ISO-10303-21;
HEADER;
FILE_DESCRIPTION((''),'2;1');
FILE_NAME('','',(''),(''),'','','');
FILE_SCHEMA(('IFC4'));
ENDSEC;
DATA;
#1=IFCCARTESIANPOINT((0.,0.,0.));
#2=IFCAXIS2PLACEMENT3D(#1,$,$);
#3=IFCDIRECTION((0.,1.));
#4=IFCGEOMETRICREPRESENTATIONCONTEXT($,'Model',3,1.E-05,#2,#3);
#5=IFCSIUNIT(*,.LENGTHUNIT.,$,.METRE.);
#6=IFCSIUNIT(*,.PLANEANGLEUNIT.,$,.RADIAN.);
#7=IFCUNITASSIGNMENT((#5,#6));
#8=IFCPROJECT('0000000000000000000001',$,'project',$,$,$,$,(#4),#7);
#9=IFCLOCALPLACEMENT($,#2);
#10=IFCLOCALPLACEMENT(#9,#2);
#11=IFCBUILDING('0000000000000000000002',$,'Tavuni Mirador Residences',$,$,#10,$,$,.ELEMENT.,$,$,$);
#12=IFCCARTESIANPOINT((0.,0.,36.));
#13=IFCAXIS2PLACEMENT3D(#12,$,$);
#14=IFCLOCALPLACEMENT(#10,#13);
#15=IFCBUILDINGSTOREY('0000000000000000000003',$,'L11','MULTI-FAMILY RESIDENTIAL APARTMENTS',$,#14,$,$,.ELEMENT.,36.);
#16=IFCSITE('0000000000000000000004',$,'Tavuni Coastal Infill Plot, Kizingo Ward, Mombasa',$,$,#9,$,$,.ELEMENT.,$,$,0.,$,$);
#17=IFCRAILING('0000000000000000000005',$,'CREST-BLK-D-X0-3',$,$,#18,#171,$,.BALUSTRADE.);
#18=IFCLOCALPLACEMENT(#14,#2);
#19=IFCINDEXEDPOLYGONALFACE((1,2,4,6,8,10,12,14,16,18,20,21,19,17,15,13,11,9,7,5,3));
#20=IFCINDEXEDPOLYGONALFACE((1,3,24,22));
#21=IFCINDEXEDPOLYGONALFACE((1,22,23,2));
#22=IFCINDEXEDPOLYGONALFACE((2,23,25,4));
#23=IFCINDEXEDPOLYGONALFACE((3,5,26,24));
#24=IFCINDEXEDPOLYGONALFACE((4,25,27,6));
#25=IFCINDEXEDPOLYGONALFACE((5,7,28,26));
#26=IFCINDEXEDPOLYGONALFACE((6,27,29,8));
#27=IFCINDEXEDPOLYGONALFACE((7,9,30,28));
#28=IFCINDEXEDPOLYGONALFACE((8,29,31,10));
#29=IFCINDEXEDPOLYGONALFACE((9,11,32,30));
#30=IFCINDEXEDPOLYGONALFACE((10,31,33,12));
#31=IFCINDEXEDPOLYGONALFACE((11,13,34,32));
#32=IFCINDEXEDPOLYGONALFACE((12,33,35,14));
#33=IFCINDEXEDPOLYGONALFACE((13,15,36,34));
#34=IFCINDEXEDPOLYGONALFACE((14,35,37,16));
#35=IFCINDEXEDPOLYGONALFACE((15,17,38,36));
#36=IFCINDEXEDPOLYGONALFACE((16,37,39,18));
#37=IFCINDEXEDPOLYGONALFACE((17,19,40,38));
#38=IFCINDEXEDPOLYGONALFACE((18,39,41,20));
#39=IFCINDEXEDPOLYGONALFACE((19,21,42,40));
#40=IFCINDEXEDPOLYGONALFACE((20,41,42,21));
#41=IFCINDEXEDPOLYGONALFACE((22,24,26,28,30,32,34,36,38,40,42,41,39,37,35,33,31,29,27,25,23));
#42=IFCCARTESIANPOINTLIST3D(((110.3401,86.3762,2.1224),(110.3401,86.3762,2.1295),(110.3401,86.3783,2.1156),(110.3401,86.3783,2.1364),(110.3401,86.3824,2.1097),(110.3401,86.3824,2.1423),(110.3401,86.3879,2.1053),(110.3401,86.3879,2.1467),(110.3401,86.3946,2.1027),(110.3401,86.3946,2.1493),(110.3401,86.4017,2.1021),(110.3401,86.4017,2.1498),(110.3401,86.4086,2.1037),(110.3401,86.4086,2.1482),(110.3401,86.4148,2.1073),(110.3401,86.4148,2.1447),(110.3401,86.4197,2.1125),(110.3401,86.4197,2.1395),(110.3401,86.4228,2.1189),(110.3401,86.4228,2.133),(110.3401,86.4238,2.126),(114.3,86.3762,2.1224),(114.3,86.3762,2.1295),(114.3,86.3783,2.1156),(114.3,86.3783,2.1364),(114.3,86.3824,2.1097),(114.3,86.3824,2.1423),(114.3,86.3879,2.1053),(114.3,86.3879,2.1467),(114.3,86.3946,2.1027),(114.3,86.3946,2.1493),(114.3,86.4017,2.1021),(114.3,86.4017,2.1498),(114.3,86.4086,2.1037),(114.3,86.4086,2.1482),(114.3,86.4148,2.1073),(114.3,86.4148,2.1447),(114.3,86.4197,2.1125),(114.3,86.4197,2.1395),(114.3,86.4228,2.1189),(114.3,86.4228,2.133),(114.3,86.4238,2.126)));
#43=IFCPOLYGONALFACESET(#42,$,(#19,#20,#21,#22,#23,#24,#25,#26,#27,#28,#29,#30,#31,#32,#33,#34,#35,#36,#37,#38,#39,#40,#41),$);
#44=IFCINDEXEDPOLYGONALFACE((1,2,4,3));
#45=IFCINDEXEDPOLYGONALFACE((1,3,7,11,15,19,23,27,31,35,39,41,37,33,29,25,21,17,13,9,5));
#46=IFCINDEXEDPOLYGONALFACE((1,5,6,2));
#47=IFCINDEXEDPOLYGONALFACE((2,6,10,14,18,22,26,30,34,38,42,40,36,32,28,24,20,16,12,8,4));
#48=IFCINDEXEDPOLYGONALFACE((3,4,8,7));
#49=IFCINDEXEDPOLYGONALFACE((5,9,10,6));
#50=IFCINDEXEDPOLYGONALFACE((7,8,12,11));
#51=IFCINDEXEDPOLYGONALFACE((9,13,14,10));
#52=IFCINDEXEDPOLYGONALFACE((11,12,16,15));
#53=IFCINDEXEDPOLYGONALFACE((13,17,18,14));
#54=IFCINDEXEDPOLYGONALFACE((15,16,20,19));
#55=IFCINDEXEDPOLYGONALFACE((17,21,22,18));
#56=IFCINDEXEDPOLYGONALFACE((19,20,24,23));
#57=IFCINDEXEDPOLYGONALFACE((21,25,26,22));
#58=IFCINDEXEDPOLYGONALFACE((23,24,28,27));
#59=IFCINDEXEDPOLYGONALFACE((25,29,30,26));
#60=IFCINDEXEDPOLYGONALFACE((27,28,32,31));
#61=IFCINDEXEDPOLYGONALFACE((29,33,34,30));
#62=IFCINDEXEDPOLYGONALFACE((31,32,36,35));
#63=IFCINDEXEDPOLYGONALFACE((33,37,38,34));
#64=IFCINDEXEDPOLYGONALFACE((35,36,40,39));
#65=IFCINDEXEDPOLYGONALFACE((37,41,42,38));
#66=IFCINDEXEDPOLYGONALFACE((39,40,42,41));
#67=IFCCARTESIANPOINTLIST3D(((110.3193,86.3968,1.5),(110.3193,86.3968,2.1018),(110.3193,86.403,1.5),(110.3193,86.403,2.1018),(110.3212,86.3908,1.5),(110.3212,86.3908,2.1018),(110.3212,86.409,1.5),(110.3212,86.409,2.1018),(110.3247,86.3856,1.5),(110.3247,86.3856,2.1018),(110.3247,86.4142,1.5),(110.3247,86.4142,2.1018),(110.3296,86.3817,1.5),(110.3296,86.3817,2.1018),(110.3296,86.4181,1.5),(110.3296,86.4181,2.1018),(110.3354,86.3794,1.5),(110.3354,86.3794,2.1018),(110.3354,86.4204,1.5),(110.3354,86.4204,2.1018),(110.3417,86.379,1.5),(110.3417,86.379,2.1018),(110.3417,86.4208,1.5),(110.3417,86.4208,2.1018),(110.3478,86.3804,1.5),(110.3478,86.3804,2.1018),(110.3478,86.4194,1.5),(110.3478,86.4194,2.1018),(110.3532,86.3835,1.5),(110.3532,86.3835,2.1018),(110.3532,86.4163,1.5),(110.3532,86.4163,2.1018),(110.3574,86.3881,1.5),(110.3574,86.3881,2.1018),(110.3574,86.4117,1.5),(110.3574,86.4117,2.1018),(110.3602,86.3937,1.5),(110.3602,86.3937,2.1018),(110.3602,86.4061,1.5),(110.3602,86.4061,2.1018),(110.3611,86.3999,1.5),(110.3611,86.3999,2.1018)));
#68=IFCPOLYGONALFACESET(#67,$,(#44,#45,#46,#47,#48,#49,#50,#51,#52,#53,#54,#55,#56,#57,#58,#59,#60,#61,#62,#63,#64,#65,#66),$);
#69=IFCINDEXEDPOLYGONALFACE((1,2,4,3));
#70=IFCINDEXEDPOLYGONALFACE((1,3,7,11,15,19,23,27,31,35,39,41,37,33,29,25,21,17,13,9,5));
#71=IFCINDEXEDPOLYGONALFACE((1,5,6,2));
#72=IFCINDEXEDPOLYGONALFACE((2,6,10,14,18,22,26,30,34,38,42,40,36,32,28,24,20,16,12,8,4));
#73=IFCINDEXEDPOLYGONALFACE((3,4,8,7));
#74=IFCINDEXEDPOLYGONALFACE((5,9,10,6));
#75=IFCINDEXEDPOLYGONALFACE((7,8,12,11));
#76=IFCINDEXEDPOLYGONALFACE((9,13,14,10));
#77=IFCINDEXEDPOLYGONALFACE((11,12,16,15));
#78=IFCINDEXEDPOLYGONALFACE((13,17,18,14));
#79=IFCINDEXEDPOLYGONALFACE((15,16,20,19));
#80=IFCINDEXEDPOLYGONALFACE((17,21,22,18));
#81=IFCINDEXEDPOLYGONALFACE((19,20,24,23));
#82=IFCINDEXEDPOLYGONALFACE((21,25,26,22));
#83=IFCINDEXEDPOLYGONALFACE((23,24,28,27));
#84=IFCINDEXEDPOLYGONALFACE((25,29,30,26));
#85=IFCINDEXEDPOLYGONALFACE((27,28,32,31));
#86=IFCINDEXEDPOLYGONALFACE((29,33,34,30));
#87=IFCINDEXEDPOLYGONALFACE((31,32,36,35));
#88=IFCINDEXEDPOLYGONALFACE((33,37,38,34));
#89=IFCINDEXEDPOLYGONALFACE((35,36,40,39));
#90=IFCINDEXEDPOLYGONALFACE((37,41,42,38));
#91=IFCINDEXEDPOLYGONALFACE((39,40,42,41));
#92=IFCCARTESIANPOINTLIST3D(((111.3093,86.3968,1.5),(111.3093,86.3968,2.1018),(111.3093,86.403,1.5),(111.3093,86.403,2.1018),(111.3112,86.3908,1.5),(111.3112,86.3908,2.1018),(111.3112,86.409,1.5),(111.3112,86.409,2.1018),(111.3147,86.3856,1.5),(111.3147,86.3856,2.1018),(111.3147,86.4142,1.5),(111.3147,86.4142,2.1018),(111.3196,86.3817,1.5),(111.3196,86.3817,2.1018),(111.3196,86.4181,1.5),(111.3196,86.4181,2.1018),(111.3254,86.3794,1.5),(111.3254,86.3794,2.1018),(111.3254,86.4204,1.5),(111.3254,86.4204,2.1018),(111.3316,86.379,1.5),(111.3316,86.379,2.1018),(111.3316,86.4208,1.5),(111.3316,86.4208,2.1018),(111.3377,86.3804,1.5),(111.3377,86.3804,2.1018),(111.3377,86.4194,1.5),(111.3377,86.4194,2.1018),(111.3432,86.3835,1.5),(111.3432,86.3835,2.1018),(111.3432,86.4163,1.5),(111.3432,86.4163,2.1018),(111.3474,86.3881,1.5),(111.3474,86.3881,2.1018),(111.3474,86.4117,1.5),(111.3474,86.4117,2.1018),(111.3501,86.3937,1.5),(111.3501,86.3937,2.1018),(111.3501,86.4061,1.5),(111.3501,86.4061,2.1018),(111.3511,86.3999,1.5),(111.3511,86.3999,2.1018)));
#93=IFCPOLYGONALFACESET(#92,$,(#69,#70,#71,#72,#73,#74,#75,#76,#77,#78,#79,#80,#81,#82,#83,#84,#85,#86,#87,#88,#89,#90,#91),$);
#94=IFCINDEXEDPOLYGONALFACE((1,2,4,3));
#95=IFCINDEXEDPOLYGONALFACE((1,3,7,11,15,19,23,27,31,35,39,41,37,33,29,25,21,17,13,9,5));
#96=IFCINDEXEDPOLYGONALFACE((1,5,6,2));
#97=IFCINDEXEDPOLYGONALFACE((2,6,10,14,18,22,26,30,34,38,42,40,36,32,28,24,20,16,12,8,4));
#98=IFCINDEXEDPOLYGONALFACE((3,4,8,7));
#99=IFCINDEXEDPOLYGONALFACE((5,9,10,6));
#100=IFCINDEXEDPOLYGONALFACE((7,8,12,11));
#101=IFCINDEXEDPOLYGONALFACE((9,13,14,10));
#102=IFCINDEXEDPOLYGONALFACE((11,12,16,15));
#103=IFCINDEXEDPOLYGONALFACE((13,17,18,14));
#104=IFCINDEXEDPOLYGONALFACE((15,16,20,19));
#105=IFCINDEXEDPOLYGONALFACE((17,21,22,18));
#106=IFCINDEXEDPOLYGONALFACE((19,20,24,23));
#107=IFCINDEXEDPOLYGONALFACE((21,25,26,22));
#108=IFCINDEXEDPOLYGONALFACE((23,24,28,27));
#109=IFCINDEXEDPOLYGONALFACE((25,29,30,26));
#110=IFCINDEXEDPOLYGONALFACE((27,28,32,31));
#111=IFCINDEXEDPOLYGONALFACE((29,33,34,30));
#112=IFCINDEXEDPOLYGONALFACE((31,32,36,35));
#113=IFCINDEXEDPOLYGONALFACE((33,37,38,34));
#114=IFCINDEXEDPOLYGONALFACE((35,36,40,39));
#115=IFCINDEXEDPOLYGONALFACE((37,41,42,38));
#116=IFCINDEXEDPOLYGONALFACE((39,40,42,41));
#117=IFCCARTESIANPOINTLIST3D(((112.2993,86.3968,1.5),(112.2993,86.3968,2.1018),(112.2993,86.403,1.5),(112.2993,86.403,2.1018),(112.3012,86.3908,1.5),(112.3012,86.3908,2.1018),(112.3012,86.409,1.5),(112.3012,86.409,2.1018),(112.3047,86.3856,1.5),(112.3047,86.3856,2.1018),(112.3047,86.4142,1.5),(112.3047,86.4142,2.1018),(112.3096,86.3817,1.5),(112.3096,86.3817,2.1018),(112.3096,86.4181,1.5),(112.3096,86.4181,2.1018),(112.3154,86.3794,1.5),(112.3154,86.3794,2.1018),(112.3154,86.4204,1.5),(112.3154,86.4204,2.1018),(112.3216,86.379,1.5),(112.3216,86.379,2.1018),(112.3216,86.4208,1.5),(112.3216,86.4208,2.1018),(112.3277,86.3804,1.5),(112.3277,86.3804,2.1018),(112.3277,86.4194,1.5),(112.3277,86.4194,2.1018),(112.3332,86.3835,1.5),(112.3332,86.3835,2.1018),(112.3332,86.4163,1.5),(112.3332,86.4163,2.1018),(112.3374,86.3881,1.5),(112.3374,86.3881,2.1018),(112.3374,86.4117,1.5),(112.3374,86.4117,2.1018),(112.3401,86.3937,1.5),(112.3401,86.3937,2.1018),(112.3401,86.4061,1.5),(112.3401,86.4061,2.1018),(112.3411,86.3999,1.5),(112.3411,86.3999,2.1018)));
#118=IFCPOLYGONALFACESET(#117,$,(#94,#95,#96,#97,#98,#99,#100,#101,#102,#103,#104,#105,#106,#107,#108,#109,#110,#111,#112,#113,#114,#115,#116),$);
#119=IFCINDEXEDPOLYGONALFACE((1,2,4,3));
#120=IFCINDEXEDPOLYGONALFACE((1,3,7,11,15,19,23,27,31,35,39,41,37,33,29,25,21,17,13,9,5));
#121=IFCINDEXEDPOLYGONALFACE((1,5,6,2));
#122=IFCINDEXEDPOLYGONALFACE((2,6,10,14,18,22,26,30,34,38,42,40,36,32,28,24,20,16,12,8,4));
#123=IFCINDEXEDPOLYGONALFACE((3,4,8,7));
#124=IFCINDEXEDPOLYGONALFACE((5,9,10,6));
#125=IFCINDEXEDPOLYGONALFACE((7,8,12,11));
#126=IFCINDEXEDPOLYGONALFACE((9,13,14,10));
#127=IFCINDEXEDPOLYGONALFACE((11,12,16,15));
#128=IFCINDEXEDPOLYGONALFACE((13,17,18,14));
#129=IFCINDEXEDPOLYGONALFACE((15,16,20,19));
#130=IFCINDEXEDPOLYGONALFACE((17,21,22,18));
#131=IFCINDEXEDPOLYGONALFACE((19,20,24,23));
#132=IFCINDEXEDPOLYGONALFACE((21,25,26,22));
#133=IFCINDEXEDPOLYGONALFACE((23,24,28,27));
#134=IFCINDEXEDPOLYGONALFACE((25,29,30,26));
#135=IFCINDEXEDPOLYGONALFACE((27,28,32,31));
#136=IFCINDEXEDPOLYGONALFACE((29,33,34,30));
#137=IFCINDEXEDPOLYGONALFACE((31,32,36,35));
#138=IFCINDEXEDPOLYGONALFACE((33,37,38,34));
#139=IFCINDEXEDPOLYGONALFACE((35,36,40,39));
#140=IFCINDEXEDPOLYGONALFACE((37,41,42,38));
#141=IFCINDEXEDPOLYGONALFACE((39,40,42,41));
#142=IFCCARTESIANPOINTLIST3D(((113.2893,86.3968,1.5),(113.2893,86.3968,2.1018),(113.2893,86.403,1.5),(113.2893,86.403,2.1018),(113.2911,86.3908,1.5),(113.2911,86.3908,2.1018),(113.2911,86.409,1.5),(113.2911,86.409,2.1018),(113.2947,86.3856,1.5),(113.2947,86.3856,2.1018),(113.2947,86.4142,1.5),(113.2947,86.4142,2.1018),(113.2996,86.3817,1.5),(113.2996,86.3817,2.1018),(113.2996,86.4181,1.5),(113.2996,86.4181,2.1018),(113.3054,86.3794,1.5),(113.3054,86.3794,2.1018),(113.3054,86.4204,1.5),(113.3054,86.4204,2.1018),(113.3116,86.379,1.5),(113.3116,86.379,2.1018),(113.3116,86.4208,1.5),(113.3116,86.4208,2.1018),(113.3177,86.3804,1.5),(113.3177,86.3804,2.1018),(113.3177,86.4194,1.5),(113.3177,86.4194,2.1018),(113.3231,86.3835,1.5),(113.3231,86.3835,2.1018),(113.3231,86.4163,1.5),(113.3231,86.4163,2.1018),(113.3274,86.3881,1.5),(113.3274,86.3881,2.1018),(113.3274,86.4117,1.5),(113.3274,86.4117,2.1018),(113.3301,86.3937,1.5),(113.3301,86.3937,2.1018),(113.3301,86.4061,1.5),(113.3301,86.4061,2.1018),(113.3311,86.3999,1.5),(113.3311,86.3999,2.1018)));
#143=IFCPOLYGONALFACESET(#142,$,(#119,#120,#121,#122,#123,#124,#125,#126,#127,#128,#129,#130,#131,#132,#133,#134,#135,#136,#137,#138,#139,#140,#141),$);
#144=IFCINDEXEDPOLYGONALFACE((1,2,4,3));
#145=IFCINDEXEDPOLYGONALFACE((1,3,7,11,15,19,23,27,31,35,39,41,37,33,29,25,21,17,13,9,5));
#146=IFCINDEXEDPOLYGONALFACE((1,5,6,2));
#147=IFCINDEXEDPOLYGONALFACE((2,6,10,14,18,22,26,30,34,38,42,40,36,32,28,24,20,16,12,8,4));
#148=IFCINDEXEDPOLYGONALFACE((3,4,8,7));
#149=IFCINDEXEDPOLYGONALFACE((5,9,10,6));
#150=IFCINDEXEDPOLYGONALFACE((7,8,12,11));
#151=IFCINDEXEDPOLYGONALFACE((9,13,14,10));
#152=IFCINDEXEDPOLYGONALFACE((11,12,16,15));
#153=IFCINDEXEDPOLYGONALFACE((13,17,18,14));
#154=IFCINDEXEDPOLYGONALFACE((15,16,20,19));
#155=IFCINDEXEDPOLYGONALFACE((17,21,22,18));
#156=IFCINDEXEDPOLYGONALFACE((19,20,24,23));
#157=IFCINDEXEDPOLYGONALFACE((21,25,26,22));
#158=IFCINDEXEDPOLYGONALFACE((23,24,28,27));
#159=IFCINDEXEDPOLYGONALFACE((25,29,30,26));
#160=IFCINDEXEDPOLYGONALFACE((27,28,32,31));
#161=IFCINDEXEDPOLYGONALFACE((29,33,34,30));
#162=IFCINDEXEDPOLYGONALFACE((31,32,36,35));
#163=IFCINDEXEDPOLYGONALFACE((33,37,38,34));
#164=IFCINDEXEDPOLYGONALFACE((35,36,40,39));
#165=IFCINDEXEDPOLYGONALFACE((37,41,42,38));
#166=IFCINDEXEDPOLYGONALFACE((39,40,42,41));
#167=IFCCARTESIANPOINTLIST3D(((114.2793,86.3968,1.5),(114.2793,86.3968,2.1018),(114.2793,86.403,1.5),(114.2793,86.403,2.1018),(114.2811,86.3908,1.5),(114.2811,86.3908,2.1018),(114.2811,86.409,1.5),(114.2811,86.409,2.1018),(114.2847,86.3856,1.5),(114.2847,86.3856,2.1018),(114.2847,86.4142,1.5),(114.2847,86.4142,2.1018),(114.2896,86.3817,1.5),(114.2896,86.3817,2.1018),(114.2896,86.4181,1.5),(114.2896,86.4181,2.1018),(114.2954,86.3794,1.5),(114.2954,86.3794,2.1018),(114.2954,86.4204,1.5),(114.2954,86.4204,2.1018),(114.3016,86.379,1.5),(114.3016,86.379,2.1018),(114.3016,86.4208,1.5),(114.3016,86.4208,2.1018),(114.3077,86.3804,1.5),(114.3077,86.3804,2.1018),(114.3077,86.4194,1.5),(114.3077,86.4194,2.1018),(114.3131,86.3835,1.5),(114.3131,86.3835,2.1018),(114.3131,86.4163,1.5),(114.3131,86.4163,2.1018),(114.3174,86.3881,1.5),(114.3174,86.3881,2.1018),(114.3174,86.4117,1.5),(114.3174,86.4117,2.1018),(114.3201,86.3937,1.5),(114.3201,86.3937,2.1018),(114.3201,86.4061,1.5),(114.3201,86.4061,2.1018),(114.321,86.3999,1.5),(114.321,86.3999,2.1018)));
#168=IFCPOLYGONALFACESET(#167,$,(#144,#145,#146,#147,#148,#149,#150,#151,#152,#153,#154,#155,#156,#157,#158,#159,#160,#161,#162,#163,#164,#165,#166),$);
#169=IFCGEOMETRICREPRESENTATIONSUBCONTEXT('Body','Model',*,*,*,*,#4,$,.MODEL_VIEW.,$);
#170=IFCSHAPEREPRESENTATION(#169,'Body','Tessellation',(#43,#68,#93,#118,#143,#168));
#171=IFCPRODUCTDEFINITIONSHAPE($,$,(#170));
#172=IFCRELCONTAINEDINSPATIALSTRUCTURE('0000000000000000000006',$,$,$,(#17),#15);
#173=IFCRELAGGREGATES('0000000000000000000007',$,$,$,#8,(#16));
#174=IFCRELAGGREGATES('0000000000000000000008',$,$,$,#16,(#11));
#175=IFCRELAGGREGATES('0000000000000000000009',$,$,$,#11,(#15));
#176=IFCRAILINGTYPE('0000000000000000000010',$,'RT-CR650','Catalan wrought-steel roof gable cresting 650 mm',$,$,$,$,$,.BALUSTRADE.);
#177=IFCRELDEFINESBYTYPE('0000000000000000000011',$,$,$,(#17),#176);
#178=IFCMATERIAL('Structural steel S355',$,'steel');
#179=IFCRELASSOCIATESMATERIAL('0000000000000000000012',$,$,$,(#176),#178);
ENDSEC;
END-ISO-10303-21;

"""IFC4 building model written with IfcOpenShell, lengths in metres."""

from ifc_helpers import new_model, si_unit, direction, frame, origin, origin_2d, place, context, subcontext, project, spatial, circle, extrude, material, type_object, element, save


model = new_model("IFC4")

# Units and contexts
model_context = context("Model", 3, precision=1e-05, world=origin(), true_north=direction((0.0, 1.0)))
body_context = subcontext(model_context, "Body", "Model", "MODEL_VIEW")
ifc_project = project(units=[si_unit("LENGTHUNIT", "METRE"), si_unit("PLANEANGLEUNIT", "RADIAN")], contexts=[model_context])

# Site, building, storey
site_placement = place(None, origin())
site = spatial("IfcSite", under=ifc_project, at=site_placement, Name="Tavuni Coastal Infill Plot, Kizingo Ward, Mombasa", CompositionType="ELEMENT", RefElevation=0.0)
building_placement = place(site_placement, origin())
building = spatial("IfcBuilding", under=site, at=building_placement, Name="Tavuni Mirador Residences", CompositionType="ELEMENT")
storey_placement = place(building_placement, frame((0.0, 0.0, 36.0)))
storey = spatial("IfcBuildingStorey", under=building, at=storey_placement, Name="L11", Description="MULTI-FAMILY RESIDENTIAL APARTMENTS", CompositionType="ELEMENT", Elevation=36.0)

# Shared definitions
ifc_material_1 = material(Name="Structural steel S355", Category="steel")

# Railing
railing_type = type_object("IfcRailingType", Name="RT-CR650", Description="Catalan wrought-steel roof gable cresting 650 mm", PredefinedType="BALUSTRADE", material=ifc_material_1)
for number, where, name in (
    (1, (110.3401, 86.3999, 1.5), "CREST-BLK-D-X0-3"),
):
    element("IfcRailing", number, at=place(storey_placement, frame(where)), inside=storey, type_object=railing_type, Name=name, PredefinedType="BALUSTRADE", context=body_context, shape_type="SweptSolid", body=[
        extrude(circle(Radius=0.0239, at=origin_2d()), frame((0.0, 0.0, 0.626), z_axis=(1.0, 0.0, 0.0), x_axis=(0.0, 1.0, 0.0)), (0.0, 0.0, 1.0), 3.96),
        extrude(circle(Radius=0.021, at=origin_2d()), origin(), (0.0, 0.0, 1.0), 0.6018),
        extrude(circle(Radius=0.021, at=origin_2d()), frame((0.99, 0.0, 0.0)), (0.0, 0.0, 1.0), 0.6018),
        extrude(circle(Radius=0.021, at=origin_2d()), frame((1.98, 0.0, 0.0)), (0.0, 0.0, 1.0), 0.6018),
        extrude(circle(Radius=0.021, at=origin_2d()), frame((2.97, 0.0, 0.0)), (0.0, 0.0, 1.0), 0.6018),
        extrude(circle(Radius=0.021, at=origin_2d()), frame((3.96, 0.0, 0.0)), (0.0, 0.0, 1.0), 0.6018),
    ])

save(model, "model.ifc")
